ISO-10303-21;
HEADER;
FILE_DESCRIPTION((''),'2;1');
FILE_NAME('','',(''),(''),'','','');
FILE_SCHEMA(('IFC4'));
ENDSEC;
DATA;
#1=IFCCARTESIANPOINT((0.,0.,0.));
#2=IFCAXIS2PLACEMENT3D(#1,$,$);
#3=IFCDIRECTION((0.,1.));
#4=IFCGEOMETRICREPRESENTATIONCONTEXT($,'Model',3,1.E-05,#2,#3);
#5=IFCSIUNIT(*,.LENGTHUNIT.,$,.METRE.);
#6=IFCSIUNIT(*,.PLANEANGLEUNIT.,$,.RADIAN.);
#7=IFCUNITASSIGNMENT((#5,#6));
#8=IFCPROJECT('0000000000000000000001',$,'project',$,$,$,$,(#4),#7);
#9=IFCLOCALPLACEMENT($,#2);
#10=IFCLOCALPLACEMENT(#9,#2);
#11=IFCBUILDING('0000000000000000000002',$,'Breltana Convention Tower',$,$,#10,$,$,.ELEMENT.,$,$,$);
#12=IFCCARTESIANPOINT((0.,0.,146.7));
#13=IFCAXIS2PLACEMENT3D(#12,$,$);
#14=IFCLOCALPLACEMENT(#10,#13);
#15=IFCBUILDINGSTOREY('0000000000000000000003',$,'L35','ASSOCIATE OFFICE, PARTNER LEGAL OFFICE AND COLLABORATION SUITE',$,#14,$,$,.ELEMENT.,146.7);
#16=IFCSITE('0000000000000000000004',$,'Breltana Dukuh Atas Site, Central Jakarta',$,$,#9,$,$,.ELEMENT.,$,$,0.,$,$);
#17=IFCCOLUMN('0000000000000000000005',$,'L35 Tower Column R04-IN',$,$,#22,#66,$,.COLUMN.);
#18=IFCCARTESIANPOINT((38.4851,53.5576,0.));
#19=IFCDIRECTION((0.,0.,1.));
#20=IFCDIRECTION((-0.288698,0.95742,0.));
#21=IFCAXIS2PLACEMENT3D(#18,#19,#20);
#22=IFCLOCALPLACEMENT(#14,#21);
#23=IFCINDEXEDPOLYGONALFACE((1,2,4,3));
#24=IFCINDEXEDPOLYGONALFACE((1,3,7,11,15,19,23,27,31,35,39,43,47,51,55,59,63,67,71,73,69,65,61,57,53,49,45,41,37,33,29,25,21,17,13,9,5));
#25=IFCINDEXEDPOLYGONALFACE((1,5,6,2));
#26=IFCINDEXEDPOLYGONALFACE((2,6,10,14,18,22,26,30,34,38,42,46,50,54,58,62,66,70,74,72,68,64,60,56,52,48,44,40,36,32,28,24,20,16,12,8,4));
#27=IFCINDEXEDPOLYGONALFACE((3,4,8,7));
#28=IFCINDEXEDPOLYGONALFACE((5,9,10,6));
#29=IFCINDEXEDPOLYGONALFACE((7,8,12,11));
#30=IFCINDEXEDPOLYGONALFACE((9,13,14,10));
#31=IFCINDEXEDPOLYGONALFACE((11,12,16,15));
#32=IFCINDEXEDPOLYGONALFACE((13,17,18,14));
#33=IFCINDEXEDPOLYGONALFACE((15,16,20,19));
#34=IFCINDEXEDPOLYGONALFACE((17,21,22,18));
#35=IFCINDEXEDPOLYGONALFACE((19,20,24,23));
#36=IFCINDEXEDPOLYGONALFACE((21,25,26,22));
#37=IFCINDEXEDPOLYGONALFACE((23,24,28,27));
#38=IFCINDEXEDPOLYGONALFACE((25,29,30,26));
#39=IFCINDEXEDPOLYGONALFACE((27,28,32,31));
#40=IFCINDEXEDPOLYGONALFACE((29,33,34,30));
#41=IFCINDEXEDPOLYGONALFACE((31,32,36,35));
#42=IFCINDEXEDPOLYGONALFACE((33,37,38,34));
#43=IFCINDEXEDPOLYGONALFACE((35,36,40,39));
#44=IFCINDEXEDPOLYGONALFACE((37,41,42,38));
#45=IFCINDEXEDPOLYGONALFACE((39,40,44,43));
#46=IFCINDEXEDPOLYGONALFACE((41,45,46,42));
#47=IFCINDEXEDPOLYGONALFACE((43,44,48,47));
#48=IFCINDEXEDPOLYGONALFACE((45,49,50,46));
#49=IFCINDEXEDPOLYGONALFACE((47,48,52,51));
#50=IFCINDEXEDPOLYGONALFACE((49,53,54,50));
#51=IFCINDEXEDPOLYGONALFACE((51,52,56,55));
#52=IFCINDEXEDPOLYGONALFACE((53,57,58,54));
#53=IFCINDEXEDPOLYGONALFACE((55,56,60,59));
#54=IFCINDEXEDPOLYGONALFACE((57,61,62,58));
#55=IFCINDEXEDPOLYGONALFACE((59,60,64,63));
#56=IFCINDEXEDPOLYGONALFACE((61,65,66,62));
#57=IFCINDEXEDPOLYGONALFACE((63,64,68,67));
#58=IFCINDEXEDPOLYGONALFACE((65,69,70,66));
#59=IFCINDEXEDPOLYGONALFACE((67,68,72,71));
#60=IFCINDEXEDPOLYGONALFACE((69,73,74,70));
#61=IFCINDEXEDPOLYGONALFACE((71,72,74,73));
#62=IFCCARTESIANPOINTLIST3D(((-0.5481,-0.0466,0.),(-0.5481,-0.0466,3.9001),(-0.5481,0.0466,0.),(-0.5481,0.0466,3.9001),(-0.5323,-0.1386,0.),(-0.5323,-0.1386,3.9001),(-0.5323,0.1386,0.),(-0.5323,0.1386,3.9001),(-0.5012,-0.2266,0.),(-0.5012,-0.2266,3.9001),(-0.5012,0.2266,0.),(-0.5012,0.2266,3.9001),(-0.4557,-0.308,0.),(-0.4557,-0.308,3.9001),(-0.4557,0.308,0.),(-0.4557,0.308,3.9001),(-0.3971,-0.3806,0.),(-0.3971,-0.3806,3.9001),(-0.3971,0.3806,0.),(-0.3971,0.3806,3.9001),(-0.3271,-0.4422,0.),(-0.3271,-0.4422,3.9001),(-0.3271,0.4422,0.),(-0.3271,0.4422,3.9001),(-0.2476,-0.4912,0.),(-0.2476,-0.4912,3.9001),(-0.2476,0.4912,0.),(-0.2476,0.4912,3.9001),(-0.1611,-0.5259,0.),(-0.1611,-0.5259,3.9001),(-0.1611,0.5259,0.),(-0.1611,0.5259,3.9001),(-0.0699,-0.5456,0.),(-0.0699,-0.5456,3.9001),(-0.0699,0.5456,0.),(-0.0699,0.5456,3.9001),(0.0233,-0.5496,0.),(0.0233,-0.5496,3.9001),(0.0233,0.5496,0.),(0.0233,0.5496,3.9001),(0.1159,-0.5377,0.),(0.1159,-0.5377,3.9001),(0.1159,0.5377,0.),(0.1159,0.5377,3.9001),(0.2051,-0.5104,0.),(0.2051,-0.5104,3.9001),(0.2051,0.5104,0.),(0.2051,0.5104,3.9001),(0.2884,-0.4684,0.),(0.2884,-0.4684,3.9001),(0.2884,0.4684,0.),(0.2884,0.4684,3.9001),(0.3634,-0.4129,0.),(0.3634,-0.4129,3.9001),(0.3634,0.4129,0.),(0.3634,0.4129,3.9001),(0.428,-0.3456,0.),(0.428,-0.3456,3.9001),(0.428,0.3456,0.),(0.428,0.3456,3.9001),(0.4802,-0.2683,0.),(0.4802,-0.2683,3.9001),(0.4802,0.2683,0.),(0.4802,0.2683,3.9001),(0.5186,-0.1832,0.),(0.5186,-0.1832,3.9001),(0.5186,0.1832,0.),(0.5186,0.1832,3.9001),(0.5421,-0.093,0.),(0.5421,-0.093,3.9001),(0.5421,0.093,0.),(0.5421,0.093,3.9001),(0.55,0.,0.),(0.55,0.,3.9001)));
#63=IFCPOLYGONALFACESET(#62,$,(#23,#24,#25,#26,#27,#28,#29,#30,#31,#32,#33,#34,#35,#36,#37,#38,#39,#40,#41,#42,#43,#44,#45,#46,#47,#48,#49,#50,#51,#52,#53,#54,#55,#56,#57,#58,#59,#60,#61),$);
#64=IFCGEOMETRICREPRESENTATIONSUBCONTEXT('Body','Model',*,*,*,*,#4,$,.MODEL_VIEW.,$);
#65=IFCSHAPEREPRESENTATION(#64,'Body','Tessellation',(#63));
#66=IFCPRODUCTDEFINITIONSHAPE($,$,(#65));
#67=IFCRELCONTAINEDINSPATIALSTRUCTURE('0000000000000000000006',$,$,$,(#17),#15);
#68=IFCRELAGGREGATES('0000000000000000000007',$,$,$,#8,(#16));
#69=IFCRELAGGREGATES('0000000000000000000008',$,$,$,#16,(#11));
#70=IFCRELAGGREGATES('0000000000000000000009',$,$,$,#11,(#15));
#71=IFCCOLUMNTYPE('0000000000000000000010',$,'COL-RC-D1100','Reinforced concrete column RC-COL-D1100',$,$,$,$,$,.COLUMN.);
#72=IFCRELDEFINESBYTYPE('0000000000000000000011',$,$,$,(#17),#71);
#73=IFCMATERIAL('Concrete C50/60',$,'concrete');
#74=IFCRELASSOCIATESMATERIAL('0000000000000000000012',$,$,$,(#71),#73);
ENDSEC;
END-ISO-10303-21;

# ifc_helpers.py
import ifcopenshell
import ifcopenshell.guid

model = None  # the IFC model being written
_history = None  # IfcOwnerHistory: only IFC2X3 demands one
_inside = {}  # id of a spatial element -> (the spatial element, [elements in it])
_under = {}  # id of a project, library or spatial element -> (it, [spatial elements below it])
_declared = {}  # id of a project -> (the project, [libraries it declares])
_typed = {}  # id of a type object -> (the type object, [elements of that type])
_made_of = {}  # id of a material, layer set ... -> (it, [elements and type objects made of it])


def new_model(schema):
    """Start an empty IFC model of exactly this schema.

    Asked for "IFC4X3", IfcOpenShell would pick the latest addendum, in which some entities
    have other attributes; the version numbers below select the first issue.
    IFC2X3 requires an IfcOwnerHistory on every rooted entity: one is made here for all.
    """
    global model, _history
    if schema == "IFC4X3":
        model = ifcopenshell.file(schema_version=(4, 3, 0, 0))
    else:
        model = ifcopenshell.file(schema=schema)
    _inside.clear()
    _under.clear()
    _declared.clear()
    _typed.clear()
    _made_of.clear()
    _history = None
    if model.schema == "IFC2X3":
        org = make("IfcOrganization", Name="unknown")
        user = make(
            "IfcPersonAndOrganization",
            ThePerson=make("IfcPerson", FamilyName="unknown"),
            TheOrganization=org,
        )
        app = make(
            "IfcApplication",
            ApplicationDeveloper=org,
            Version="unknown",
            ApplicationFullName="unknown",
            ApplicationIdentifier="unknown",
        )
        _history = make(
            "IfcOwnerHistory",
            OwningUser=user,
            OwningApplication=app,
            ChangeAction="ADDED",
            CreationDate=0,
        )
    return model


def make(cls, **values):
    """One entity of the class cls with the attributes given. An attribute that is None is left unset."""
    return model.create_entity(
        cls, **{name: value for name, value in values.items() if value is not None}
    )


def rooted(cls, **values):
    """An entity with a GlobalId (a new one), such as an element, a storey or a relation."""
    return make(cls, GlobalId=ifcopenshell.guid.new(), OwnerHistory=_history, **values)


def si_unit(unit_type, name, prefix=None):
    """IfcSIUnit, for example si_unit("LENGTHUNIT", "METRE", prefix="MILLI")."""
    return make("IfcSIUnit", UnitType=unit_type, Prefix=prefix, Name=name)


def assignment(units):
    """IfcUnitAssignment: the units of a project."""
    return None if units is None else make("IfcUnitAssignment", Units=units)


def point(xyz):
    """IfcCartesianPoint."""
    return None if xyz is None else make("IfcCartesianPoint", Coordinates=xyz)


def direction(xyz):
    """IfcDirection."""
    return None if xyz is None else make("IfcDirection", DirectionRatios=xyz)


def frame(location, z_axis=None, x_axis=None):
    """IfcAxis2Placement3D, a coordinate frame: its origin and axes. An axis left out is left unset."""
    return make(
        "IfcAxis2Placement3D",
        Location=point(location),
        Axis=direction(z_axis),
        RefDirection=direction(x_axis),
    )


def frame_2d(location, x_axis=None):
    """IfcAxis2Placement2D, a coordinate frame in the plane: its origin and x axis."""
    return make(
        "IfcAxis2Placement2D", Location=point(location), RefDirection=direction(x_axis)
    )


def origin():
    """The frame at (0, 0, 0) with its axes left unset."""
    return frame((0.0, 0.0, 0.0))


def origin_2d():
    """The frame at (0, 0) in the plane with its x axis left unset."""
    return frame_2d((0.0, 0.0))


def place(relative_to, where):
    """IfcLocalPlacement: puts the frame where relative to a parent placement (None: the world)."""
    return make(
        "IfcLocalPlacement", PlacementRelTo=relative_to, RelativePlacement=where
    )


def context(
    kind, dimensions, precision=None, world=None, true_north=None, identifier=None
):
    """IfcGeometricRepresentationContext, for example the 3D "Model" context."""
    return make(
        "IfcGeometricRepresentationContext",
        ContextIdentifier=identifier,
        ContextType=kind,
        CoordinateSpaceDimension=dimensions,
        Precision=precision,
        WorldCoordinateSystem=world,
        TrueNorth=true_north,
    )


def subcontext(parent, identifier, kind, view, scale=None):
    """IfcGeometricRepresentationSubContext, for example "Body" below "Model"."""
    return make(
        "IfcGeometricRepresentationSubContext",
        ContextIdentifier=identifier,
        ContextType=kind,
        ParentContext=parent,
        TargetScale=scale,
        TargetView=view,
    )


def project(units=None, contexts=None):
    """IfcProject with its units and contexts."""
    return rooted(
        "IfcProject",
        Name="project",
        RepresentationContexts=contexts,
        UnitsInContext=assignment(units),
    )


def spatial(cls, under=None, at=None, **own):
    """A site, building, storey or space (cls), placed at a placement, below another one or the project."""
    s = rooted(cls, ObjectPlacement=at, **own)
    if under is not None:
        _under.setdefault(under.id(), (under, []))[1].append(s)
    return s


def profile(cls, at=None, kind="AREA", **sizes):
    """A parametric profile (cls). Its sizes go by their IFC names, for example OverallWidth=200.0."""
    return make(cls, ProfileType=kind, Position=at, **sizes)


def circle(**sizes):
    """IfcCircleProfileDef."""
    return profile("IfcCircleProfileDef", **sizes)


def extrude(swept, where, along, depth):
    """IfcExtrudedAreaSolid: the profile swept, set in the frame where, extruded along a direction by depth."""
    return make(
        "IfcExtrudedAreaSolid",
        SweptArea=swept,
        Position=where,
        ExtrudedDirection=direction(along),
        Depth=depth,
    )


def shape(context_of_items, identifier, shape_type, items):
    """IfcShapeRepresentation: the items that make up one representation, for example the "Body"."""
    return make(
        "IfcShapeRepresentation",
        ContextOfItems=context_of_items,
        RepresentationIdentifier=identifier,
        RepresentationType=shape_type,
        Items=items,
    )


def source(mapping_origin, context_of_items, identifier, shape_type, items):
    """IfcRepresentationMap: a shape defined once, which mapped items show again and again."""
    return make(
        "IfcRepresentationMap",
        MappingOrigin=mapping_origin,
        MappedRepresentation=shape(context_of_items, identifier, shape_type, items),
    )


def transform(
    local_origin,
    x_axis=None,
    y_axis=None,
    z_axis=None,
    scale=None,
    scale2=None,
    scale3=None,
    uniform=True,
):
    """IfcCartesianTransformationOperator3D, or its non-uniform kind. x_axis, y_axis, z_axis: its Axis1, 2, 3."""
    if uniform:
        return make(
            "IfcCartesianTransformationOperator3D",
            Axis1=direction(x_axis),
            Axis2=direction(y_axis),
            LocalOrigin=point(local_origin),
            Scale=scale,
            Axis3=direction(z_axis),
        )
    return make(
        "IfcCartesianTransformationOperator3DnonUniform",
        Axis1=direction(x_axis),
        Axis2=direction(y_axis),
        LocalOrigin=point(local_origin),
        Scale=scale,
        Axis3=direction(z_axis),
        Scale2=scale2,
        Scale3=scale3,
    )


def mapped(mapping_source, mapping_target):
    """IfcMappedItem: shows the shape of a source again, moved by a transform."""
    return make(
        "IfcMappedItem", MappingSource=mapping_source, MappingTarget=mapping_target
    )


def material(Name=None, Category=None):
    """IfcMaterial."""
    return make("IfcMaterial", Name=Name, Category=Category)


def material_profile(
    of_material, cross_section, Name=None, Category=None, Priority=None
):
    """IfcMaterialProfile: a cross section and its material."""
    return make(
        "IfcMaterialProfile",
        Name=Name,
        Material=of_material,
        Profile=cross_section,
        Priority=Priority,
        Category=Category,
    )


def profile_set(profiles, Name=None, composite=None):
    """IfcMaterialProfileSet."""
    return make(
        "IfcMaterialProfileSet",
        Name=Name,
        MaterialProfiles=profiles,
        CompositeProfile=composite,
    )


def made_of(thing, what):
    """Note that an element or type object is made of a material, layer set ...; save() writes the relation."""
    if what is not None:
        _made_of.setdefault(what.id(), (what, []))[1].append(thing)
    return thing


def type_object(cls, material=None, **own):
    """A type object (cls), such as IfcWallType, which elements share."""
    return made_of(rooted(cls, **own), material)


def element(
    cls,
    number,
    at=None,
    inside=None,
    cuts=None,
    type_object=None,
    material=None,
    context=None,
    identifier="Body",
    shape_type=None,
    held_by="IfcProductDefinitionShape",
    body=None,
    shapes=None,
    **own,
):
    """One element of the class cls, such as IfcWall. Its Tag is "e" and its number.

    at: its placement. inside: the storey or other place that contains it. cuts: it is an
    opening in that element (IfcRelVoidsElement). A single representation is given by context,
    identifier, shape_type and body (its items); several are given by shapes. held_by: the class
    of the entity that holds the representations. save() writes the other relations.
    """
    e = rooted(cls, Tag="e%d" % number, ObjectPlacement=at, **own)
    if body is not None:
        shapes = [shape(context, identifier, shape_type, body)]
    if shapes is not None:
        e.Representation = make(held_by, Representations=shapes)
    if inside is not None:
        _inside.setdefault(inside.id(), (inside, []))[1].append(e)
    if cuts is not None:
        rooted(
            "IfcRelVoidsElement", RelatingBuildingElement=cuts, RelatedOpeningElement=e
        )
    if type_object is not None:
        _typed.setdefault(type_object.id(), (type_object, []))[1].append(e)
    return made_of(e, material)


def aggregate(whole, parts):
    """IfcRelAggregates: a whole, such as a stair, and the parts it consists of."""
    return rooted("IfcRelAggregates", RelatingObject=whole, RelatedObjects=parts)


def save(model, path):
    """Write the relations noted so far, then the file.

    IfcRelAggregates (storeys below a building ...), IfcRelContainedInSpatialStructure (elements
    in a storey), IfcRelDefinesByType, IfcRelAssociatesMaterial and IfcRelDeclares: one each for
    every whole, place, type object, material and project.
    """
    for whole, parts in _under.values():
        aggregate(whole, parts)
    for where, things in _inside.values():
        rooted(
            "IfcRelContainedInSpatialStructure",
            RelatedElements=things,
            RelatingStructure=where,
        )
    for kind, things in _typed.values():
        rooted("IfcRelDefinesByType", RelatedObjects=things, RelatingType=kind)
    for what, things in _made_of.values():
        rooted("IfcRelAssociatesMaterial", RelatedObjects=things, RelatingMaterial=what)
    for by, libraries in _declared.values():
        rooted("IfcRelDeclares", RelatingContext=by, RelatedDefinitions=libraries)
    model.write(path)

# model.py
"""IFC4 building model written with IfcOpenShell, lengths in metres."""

from ifc_helpers import new_model, si_unit, direction, frame, origin, origin_2d, place, context, subcontext, project, spatial, circle, extrude, source, transform, mapped, material, material_profile, profile_set, type_object, element, save


model = new_model("IFC4")

# Units and contexts
model_context = context("Model", 3, precision=1e-05, world=origin(), true_north=direction((0.0, 1.0)))
body_context = subcontext(model_context, "Body", "Model", "MODEL_VIEW")
ifc_project = project(units=[si_unit("LENGTHUNIT", "METRE"), si_unit("PLANEANGLEUNIT", "RADIAN")], contexts=[model_context])

# Site, building, storey
site_placement = place(None, origin())
site = spatial("IfcSite", under=ifc_project, at=site_placement, Name="Breltana Dukuh Atas Site, Central Jakarta", CompositionType="ELEMENT", RefElevation=0.0)
building_placement = place(site_placement, origin())
building = spatial("IfcBuilding", under=site, at=building_placement, Name="Breltana Convention Tower", CompositionType="ELEMENT")
storey_placement = place(building_placement, frame((0.0, 0.0, 146.7)))
storey = spatial("IfcBuildingStorey", under=building, at=storey_placement, Name="L35", Description="ASSOCIATE OFFICE, PARTNER LEGAL OFFICE AND COLLABORATION SUITE", CompositionType="ELEMENT", Elevation=146.7)

# Column
ifc_material_1 = material(Name="Concrete C50/60", Category="concrete")
ifc_material_profile_1 = material_profile(ifc_material_1, circle(Radius=0.55, at=origin_2d()), Name="RC-COL-D1100")
ifc_profile_set_1 = profile_set([ifc_material_profile_1], Name="Concrete C50/60")
column_type = type_object("IfcColumnType", Name="COL-RC-D1100", Description="Reinforced concrete column RC-COL-D1100", PredefinedType="COLUMN", material=ifc_profile_set_1)
shared_shape_1 = source(origin(), body_context, "Body", "SweptSolid", [
    extrude(circle(Radius=0.55, at=origin_2d()), origin(), (0.0, 0.0, 1.0), 3.9001),
])
for number, where, z_axis, x_axis, name in (
    (1, (38.4851, 53.5576, 0.0), (0.0, 0.0, 1.0), (-0.288698, 0.95742, 0.0), "L35 Tower Column R04-IN"),
):
    element("IfcColumn", number, at=place(storey_placement, frame(where, z_axis=z_axis, x_axis=x_axis)), inside=storey, type_object=column_type, Name=name, PredefinedType="COLUMN", context=body_context, shape_type="MappedRepresentation", body=[
        mapped(shared_shape_1, transform((0.0, 0.0, 0.0), scale=1.0)),
    ])

save(model, "model.ifc")
